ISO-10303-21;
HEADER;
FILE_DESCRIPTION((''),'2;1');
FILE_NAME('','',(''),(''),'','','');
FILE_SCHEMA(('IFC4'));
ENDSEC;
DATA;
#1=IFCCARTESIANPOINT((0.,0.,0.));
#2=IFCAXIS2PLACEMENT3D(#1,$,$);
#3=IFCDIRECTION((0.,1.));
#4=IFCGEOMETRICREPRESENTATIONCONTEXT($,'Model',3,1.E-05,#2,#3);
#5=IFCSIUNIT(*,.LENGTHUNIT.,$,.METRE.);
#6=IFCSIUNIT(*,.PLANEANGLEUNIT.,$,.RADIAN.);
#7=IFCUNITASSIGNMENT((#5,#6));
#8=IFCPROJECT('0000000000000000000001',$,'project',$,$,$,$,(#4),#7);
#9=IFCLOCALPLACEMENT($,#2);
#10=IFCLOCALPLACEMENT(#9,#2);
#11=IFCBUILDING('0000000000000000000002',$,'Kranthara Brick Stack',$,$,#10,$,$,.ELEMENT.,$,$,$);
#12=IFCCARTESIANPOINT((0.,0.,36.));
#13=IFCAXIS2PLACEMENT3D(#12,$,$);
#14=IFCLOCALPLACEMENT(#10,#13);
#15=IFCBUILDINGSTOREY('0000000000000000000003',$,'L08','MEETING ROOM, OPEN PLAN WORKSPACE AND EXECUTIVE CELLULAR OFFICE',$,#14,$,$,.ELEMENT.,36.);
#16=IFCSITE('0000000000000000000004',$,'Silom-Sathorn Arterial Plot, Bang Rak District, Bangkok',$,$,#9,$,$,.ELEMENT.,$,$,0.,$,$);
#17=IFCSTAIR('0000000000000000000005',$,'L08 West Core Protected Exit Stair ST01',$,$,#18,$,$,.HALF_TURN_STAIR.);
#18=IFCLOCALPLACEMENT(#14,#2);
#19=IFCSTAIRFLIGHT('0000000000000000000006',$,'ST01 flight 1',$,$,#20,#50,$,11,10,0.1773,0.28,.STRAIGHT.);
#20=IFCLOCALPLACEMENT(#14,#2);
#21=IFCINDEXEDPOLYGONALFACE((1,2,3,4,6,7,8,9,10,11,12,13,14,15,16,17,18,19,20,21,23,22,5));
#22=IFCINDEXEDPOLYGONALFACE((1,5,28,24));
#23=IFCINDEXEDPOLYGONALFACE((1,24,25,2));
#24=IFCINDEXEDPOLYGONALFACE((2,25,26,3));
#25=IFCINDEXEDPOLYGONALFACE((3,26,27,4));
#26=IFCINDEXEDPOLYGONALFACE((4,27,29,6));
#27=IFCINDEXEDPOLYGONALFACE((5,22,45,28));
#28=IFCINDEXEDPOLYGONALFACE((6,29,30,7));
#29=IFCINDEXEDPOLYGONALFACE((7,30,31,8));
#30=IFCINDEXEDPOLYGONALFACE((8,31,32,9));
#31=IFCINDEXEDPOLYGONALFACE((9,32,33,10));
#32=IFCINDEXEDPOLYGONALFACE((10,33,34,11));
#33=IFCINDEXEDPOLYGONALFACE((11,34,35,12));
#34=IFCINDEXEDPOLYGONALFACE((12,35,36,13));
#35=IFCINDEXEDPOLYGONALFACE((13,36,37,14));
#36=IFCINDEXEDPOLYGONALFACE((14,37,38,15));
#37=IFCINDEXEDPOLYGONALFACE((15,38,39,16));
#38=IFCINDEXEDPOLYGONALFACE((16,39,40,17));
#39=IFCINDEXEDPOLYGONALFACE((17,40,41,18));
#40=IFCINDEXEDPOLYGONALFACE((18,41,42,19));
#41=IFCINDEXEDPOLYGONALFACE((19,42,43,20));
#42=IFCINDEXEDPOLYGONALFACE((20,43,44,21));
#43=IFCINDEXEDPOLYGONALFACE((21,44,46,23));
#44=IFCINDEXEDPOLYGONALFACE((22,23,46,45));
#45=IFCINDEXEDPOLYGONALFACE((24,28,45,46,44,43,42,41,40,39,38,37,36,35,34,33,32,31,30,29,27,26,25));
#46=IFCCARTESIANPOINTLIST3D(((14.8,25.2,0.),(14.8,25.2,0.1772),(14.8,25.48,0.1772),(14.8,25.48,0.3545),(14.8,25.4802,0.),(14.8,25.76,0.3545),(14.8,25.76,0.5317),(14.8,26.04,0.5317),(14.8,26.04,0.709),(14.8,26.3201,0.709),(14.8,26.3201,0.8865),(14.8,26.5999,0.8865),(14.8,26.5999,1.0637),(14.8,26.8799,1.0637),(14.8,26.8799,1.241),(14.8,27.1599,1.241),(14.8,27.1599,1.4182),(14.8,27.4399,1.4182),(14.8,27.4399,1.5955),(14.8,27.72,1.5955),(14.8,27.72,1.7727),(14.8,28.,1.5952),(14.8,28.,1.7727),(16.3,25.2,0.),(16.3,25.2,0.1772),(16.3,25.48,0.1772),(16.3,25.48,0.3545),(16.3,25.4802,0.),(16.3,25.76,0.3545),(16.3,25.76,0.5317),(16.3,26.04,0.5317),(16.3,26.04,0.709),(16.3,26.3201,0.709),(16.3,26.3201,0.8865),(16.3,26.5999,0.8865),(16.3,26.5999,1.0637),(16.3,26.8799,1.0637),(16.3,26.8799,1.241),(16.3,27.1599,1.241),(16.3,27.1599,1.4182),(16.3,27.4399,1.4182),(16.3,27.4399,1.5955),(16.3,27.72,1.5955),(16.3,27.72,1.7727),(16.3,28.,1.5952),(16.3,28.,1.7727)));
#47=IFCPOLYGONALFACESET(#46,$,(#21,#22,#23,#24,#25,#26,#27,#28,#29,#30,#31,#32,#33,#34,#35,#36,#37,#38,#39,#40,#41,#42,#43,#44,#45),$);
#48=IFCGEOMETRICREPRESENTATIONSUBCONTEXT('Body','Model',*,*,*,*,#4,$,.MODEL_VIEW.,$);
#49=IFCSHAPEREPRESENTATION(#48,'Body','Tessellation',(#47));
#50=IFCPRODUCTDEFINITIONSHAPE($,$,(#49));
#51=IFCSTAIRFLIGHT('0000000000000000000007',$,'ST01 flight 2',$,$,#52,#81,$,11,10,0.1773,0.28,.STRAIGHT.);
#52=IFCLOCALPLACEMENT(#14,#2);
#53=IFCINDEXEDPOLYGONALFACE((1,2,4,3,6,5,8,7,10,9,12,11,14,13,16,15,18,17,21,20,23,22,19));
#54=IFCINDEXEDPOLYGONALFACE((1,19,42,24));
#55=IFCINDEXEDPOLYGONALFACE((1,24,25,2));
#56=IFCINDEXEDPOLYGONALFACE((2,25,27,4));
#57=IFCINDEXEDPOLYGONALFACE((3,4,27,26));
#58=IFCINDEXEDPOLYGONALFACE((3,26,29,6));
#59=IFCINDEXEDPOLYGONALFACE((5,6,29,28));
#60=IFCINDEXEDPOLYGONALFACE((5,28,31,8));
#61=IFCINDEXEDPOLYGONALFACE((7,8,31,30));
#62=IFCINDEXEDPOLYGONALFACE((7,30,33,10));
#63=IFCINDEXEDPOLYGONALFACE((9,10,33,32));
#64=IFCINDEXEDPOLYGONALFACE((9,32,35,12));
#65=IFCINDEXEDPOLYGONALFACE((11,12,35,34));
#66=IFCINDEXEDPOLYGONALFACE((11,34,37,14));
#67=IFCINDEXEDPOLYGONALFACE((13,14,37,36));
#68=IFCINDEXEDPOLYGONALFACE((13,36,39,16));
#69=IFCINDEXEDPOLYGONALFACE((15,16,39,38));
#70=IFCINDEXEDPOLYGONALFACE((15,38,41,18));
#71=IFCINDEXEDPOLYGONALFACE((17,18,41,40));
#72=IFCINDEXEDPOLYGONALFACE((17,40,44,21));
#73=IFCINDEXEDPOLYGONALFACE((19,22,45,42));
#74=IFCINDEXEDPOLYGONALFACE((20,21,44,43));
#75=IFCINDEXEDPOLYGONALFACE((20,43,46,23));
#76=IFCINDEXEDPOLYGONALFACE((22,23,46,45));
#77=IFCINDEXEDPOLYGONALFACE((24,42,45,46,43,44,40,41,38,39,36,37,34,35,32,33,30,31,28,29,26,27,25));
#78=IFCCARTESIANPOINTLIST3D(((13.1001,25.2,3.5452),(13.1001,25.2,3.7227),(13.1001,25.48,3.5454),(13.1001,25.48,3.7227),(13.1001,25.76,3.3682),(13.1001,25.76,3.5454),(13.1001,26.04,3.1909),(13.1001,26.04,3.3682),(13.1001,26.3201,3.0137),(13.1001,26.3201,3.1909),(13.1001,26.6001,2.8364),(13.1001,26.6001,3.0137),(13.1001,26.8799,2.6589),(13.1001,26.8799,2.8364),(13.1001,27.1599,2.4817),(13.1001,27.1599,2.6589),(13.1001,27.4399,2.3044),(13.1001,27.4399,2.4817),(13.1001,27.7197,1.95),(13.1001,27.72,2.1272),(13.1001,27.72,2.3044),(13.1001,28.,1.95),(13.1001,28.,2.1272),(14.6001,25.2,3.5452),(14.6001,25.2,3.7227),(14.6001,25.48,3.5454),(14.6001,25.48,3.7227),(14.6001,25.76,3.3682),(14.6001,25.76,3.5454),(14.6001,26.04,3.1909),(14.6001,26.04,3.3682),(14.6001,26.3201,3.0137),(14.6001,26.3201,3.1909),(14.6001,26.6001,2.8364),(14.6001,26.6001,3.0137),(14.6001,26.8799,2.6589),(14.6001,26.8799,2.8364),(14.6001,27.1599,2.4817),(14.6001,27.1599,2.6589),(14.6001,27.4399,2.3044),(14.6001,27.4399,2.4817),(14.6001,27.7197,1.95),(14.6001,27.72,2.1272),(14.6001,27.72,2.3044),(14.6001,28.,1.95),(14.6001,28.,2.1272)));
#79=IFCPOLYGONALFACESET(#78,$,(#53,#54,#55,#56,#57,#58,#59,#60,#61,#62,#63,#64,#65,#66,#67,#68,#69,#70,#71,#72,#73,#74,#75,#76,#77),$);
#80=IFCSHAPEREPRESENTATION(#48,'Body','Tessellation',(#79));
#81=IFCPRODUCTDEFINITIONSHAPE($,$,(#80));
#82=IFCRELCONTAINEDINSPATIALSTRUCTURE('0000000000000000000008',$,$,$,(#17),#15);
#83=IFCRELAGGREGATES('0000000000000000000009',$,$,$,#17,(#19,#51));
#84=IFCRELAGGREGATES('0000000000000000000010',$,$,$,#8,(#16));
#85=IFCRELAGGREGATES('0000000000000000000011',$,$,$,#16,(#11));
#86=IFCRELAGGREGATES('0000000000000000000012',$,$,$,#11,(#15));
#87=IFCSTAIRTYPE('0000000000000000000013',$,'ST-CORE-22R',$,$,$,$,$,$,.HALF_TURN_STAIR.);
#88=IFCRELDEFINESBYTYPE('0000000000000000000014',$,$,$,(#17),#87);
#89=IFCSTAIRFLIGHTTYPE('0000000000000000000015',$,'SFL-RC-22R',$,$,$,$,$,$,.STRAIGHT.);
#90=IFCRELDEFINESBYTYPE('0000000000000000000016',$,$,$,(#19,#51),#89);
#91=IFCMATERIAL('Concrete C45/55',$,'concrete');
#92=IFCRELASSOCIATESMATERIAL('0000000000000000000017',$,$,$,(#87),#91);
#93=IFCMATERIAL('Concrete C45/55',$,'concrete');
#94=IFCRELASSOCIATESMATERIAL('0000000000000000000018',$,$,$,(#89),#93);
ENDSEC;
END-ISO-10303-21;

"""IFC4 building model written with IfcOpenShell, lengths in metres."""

from ifc_helpers import new_model, si_unit, direction, frame, origin, place, context, subcontext, project, spatial, polyline, outline, extrude, material, type_object, element, aggregate, save


model = new_model("IFC4")

# Units and contexts
model_context = context("Model", 3, precision=1e-05, world=origin(), true_north=direction((0.0, 1.0)))
body_context = subcontext(model_context, "Body", "Model", "MODEL_VIEW")
ifc_project = project(units=[si_unit("LENGTHUNIT", "METRE"), si_unit("PLANEANGLEUNIT", "RADIAN")], contexts=[model_context])

# Site, building, storey
site_placement = place(None, origin())
site = spatial("IfcSite", under=ifc_project, at=site_placement, Name="Silom-Sathorn Arterial Plot, Bang Rak District, Bangkok", CompositionType="ELEMENT", RefElevation=0.0)
building_placement = place(site_placement, origin())
building = spatial("IfcBuilding", under=site, at=building_placement, Name="Kranthara Brick Stack", CompositionType="ELEMENT")
storey_placement = place(building_placement, frame((0.0, 0.0, 36.0)))
storey = spatial("IfcBuildingStorey", under=building, at=storey_placement, Name="L08", Description="MEETING ROOM, OPEN PLAN WORKSPACE AND EXECUTIVE CELLULAR OFFICE", CompositionType="ELEMENT", Elevation=36.0)

# Stair, stair flights
ifc_material_1 = material(Name="Concrete C45/55", Category="concrete")
stair_type = type_object("IfcStairType", Name="ST-CORE-22R", PredefinedType="HALF_TURN_STAIR", material=ifc_material_1)
stair_placement = place(storey_placement, origin())
stair = element("IfcStair", 1, at=stair_placement, inside=storey, type_object=stair_type, Name="L08 West Core Protected Exit Stair ST01", PredefinedType="HALF_TURN_STAIR")
ifc_material_2 = material(Name="Concrete C45/55", Category="concrete")
stair_flight_type = type_object("IfcStairFlightType", Name="SFL-RC-22R", PredefinedType="STRAIGHT", material=ifc_material_2)
stair_flight_1_placement = place(storey_placement, frame((15.55, 25.2, 0.0), z_axis=(0.0, 0.0, 1.0), x_axis=(0.0, 1.0, 0.0)))
stair_flight_1 = element("IfcStairFlight", 2, at=stair_flight_1_placement, type_object=stair_flight_type, Name="ST01 flight 1", NumberOfRisers=11, NumberOfTreads=10, PredefinedType="STRAIGHT", RiserHeight=0.1773, TreadLength=0.28, context=body_context, shape_type="SweptSolid", body=[
    extrude(outline(polyline([(0.0, 0.0), (0.0, 0.1772), (0.28, 0.1772), (0.28, 0.3545), (0.5601, 0.3545), (0.5601, 0.5317), (0.8401, 0.5317), (0.8401, 0.709), (1.1201, 0.709), (1.1201, 0.8865), (1.3999, 0.8865), (1.3999, 1.0637), (1.6799, 1.0637), (1.6799, 1.241), (1.96, 1.241), (1.96, 1.4182), (2.24, 1.4182), (2.24, 1.5955), (2.52, 1.5955), (2.52, 1.7727), (2.8, 1.7727), (2.8, 1.95), (2.8, 1.5952), (0.2803, 0.0), (0.0, 0.0)])), frame((0.0, 0.75, 0.0), z_axis=(0.0, -1.0, 0.0), x_axis=(1.0, 0.0, 0.0)), (0.0, 0.0, 1.0), 1.5),
])
stair_flight_2_placement = place(storey_placement, frame((13.8501, 28.0, 1.95), z_axis=(0.0, 0.0, 1.0), x_axis=(0.0, -1.0, 0.0)))
stair_flight_2 = element("IfcStairFlight", 3, at=stair_flight_2_placement, type_object=stair_flight_type, Name="ST01 flight 2", NumberOfRisers=11, NumberOfTreads=10, PredefinedType="STRAIGHT", RiserHeight=0.1773, TreadLength=0.28, context=body_context, shape_type="SweptSolid", body=[
    extrude(outline(polyline([(0.0, 0.0), (0.0, 0.1772), (0.28, 0.1772), (0.28, 0.3545), (0.5601, 0.3545), (0.5601, 0.5317), (0.8401, 0.5317), (0.8401, 0.709), (1.1201, 0.709), (1.1201, 0.8865), (1.3999, 0.8865), (1.3999, 1.0637), (1.6799, 1.0637), (1.6799, 1.241), (1.96, 1.241), (1.96, 1.4182), (2.24, 1.4182), (2.24, 1.5955), (2.52, 1.5955), (2.52, 1.7727), (2.8, 1.7727), (2.8, 1.95), (2.8, 1.5952), (0.2803, 0.0), (0.0, 0.0)])), frame((0.0, 0.75, 0.0), z_axis=(0.0, -1.0, 0.0), x_axis=(1.0, 0.0, 0.0)), (0.0, 0.0, 1.0), 1.5),
])
aggregate(stair, [stair_flight_1, stair_flight_2])

save(model, "model.ifc")
